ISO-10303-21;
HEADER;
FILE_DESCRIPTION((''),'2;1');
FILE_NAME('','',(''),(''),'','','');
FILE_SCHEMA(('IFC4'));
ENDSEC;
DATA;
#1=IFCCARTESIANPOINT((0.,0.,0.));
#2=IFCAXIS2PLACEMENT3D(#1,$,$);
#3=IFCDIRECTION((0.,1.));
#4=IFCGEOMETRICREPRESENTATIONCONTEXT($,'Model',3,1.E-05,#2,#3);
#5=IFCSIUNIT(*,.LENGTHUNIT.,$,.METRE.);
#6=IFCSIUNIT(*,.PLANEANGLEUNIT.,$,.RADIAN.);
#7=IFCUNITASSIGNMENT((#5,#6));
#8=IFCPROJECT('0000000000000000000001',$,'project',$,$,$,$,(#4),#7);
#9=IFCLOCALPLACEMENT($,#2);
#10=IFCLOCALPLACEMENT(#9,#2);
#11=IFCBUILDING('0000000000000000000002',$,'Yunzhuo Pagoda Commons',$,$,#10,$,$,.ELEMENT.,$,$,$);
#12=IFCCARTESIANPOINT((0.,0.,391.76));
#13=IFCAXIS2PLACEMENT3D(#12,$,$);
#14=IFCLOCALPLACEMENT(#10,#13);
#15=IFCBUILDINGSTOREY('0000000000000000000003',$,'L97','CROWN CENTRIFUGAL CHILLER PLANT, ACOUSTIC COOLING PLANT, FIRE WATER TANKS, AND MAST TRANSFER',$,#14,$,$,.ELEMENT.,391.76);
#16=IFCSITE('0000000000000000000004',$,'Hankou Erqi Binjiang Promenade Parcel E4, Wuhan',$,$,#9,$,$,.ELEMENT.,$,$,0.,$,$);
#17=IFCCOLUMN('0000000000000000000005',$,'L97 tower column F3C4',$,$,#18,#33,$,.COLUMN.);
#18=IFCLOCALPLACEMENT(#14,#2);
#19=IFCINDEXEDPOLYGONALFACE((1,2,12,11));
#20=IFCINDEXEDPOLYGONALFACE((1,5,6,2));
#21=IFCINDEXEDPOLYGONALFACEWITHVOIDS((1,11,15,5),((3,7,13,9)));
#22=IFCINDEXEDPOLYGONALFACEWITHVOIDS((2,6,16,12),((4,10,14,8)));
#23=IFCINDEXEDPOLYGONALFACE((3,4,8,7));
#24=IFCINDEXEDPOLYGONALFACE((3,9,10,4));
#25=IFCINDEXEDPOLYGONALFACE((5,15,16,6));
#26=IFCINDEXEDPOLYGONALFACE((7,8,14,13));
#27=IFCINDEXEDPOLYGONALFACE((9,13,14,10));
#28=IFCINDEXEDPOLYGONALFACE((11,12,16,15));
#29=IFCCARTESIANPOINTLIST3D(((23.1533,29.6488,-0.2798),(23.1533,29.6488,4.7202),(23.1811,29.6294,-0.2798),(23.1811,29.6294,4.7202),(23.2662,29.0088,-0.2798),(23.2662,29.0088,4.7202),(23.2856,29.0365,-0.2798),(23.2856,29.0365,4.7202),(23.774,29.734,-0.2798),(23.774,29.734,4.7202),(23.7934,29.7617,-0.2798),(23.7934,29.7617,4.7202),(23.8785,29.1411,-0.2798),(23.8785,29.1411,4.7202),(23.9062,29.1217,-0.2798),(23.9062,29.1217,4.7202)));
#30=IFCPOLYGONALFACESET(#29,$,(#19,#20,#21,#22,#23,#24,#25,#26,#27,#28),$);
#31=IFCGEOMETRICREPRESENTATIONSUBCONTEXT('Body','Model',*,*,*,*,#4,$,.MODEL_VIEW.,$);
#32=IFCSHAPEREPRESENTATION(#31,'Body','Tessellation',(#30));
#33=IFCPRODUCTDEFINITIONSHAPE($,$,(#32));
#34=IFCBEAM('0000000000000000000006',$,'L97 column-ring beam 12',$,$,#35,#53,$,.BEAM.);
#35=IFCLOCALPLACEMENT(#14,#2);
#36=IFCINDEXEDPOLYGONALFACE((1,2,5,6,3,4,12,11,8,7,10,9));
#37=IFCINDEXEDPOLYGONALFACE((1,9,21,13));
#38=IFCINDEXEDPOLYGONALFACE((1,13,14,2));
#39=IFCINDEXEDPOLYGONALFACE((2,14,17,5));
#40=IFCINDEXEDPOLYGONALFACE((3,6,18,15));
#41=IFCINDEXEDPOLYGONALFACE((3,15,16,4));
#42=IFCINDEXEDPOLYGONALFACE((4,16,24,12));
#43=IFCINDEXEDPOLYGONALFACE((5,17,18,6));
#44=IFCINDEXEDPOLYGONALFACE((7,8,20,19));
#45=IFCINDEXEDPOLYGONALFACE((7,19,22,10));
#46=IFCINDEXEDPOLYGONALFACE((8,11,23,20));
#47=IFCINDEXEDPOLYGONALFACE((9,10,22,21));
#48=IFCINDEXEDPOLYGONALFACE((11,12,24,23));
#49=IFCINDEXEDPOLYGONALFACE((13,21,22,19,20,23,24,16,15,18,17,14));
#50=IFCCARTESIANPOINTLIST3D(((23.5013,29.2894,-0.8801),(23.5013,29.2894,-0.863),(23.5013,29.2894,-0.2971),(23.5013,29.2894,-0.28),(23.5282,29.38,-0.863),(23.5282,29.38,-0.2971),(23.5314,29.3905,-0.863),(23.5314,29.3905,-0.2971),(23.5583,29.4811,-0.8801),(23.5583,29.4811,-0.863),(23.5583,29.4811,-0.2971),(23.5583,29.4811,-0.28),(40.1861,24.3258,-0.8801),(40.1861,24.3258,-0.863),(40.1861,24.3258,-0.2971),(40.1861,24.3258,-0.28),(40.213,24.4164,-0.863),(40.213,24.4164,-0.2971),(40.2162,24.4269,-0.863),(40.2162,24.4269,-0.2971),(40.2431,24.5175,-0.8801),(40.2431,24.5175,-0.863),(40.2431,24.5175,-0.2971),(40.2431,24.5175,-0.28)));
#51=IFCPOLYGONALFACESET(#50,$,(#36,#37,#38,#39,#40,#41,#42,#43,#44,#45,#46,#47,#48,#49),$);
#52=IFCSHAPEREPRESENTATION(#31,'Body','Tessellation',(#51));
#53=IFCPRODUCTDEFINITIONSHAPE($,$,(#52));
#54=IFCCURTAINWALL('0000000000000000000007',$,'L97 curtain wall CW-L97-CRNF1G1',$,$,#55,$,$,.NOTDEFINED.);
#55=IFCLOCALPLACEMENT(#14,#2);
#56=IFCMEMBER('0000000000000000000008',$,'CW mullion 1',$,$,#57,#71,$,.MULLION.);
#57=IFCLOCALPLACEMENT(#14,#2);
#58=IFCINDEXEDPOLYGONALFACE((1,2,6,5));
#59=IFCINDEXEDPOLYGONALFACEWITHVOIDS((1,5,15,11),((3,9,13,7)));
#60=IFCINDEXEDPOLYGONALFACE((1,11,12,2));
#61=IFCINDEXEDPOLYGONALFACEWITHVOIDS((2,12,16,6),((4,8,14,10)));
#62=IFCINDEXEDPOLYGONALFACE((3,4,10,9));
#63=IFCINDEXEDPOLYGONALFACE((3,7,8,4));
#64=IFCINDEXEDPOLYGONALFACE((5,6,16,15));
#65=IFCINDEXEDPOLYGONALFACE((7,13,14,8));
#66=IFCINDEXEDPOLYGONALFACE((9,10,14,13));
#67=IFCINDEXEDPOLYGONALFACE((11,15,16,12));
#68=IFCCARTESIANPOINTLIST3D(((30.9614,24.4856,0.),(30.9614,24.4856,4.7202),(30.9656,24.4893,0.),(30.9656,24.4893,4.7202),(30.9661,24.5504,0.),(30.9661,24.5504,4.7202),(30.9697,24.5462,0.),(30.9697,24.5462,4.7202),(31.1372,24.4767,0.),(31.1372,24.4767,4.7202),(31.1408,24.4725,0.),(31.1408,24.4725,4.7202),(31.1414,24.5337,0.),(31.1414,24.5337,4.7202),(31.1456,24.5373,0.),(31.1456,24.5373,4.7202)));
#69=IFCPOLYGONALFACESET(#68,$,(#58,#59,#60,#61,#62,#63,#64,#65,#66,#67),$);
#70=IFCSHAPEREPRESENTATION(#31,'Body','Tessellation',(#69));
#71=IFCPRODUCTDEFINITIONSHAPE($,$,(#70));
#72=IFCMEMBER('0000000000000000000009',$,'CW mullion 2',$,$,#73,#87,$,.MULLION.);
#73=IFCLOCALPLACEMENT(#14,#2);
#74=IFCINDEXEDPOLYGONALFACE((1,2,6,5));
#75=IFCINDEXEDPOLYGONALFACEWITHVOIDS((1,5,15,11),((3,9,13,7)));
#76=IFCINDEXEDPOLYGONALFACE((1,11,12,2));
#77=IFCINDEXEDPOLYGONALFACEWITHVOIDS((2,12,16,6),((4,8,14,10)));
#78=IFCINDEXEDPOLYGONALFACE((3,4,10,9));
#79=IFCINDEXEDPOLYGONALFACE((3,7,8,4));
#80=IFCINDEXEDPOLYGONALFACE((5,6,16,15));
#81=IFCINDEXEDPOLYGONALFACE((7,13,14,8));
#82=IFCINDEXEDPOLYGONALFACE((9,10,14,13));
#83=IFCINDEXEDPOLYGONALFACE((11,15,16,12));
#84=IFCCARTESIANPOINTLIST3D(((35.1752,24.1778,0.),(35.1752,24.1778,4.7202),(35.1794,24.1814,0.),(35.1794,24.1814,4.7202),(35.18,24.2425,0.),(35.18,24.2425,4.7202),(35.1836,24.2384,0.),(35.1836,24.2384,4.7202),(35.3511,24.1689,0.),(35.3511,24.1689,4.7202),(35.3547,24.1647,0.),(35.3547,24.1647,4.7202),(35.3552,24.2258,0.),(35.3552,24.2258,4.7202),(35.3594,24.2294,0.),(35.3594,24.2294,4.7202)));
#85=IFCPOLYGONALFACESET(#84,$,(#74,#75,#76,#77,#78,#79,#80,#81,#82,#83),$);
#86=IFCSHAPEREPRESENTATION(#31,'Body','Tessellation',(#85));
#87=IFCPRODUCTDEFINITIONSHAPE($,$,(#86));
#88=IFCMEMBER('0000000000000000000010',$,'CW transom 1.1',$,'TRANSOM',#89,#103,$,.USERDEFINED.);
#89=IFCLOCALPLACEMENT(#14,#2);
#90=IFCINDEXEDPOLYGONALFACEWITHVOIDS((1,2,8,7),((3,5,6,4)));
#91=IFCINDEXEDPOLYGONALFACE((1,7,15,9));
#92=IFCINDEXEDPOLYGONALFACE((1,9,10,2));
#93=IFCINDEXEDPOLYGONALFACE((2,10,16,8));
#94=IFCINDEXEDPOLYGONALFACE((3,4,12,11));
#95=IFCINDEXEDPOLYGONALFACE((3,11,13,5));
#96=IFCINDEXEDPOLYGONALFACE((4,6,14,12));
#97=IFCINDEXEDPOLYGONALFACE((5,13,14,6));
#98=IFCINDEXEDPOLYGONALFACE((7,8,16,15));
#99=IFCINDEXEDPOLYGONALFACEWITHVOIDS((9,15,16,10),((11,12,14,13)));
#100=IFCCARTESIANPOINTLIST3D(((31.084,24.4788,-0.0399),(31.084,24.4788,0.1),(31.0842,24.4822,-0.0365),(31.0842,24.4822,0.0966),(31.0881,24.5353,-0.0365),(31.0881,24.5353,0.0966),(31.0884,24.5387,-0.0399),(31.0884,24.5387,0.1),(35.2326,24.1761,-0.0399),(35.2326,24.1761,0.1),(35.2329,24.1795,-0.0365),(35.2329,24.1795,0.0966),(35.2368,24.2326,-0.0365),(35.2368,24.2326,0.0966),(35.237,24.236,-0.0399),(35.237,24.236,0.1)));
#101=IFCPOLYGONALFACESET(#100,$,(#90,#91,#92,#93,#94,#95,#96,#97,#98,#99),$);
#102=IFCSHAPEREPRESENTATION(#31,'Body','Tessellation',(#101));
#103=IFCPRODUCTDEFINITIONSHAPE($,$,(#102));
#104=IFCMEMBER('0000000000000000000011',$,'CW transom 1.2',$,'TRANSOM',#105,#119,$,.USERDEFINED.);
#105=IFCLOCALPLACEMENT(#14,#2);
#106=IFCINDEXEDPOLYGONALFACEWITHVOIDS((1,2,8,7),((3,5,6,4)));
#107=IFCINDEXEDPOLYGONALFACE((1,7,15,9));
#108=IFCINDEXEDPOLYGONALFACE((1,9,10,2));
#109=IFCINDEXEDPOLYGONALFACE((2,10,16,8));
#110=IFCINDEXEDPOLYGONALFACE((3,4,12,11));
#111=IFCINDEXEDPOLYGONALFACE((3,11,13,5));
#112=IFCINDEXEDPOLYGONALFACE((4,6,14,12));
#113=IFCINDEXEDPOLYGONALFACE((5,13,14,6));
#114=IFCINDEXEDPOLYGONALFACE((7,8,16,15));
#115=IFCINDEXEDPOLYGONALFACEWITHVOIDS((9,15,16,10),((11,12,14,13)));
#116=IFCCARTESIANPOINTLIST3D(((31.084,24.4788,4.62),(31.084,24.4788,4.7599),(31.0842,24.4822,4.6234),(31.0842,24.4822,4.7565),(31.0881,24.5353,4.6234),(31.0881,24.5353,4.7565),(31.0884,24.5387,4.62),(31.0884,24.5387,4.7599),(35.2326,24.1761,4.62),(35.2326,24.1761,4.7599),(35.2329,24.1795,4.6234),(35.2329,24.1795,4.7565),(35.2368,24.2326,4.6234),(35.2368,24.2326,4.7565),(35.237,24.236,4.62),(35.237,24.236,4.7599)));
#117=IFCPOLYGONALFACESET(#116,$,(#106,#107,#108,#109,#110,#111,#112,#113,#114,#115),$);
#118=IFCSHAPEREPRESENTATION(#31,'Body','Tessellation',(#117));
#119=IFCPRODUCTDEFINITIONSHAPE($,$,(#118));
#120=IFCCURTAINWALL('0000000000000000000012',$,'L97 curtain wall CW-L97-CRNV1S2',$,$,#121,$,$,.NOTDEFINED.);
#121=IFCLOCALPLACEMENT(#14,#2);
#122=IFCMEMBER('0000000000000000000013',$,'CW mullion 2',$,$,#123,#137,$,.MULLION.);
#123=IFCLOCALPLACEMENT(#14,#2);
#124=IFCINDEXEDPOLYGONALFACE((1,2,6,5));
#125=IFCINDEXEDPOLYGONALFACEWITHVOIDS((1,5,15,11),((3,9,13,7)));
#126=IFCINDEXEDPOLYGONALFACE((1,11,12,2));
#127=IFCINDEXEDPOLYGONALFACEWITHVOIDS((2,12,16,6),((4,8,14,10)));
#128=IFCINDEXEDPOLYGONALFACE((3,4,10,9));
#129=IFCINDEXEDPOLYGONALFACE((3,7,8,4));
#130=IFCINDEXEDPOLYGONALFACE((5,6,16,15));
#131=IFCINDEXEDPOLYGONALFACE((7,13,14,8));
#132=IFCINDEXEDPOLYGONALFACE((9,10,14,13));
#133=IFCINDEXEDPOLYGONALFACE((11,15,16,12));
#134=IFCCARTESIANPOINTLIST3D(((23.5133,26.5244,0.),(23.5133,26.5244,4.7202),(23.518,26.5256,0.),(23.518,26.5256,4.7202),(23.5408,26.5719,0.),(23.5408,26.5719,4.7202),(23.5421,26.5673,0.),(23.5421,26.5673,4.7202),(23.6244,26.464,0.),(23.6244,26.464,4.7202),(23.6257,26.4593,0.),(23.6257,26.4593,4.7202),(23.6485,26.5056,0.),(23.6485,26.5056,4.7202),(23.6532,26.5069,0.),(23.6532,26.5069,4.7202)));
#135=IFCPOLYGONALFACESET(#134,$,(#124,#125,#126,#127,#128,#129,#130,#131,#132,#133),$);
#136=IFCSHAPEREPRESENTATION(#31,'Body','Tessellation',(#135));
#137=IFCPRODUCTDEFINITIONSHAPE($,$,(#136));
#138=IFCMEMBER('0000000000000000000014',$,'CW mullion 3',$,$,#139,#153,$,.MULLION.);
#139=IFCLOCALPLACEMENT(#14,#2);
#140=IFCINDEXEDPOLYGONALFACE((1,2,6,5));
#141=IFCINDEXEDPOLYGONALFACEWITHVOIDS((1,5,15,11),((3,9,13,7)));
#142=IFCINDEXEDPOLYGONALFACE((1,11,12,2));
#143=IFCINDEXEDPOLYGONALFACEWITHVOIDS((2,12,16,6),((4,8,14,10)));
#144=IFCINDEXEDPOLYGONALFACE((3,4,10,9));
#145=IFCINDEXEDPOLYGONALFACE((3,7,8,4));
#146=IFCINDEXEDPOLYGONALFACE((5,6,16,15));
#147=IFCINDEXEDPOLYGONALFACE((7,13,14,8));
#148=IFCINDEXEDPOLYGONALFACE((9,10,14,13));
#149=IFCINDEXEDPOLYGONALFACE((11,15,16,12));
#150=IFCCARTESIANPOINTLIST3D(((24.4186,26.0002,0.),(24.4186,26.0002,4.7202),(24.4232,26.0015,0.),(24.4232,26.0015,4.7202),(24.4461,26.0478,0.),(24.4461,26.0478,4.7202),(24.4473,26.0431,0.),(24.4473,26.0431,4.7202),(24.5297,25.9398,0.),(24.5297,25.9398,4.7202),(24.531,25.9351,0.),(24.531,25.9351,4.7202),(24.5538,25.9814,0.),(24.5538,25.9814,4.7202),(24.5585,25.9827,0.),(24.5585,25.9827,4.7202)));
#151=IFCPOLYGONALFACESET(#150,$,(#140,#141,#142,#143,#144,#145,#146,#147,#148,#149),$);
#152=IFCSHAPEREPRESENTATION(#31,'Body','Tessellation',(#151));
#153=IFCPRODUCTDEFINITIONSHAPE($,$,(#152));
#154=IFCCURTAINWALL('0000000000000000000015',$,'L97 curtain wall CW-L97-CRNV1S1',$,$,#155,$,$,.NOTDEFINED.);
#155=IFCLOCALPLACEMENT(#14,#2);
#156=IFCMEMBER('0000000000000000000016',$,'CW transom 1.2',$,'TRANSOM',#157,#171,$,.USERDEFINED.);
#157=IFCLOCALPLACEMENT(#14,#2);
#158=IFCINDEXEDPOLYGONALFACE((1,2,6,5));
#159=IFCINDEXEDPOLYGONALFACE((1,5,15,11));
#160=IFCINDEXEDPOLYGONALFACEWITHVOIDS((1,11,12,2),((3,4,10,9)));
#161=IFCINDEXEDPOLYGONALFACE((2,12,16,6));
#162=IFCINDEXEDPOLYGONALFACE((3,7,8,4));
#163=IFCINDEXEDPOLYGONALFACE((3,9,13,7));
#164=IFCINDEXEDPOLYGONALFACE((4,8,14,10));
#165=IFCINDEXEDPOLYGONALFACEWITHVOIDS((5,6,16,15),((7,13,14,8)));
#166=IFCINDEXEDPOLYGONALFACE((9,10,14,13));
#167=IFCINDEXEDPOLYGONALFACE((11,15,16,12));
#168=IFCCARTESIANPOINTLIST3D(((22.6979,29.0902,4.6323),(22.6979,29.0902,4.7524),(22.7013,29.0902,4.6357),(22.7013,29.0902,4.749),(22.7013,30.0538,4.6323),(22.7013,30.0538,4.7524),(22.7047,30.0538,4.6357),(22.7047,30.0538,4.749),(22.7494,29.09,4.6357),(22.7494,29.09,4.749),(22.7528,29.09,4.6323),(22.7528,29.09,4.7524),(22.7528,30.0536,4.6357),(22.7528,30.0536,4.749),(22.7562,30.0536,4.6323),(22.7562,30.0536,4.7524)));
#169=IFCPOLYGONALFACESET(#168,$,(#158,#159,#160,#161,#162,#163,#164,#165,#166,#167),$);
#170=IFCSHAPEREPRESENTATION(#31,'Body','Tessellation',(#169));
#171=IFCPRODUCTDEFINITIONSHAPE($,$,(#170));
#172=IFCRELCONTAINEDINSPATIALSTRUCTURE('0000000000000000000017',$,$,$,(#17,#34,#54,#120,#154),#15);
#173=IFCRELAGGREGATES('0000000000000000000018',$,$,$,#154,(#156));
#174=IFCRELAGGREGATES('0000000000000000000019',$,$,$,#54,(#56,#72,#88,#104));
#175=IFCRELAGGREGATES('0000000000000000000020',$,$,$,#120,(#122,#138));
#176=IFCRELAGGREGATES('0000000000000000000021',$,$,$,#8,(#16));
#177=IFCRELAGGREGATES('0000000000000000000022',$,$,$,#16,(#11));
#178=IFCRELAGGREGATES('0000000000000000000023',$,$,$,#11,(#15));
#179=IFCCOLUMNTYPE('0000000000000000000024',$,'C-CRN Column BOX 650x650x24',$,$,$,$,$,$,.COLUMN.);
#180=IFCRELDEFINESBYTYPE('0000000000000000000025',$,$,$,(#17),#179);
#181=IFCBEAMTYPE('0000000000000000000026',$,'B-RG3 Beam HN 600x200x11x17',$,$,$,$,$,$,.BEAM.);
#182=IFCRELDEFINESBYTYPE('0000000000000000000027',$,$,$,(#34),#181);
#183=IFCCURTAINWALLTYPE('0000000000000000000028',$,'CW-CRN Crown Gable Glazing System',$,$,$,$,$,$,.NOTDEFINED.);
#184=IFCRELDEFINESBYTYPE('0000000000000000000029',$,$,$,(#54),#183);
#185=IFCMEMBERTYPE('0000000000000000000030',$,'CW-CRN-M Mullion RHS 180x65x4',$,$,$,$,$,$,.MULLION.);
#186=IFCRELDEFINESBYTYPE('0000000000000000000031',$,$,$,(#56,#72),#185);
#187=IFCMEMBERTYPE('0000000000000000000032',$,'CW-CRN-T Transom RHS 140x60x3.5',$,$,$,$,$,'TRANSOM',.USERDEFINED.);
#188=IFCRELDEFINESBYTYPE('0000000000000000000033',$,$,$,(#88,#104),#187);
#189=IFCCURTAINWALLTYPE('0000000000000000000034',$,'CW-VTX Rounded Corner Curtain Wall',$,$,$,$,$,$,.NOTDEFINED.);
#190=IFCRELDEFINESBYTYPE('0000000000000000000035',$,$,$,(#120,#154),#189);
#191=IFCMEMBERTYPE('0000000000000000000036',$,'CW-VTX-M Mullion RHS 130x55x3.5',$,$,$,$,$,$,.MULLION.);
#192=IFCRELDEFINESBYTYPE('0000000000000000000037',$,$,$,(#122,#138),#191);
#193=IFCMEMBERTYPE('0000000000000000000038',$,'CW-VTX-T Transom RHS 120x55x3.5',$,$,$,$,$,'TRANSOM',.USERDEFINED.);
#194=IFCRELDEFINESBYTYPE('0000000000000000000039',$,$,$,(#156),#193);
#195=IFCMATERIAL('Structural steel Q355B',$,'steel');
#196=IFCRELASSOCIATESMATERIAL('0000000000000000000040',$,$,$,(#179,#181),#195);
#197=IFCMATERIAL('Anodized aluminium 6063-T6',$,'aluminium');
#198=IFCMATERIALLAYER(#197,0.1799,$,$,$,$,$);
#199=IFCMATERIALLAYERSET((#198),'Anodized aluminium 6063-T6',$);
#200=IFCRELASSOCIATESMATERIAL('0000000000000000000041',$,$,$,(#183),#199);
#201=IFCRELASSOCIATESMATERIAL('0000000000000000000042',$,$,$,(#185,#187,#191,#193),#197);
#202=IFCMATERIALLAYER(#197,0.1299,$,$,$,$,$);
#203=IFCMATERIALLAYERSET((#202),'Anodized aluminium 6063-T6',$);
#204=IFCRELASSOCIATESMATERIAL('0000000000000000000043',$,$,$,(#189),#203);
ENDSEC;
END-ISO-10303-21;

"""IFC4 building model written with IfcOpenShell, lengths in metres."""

from ifc_helpers import new_model, si_unit, direction, frame, origin, origin_2d, place, context, subcontext, project, spatial, hollow_rectangle, i_section, extrude, source, transform, mapped, material, layer, layer_set, material_profile, profile_set, type_object, element, aggregate, save


model = new_model("IFC4")

# Units and contexts
model_context = context("Model", 3, precision=1e-05, world=origin(), true_north=direction((0.0, 1.0)))
body_context = subcontext(model_context, "Body", "Model", "MODEL_VIEW")
ifc_project = project(units=[si_unit("LENGTHUNIT", "METRE"), si_unit("PLANEANGLEUNIT", "RADIAN")], contexts=[model_context])

# Site, building, storey
site_placement = place(None, origin())
site = spatial("IfcSite", under=ifc_project, at=site_placement, Name="Hankou Erqi Binjiang Promenade Parcel E4, Wuhan", CompositionType="ELEMENT", RefElevation=0.0)
building_placement = place(site_placement, origin())
building = spatial("IfcBuilding", under=site, at=building_placement, Name="Yunzhuo Pagoda Commons", CompositionType="ELEMENT")
storey_placement = place(building_placement, frame((0.0, 0.0, 391.76)))
storey = spatial("IfcBuildingStorey", under=building, at=storey_placement, Name="L97", Description="CROWN CENTRIFUGAL CHILLER PLANT, ACOUSTIC COOLING PLANT, FIRE WATER TANKS, AND MAST TRANSFER", CompositionType="ELEMENT", Elevation=391.76)

# Column
ifc_material_1 = material(Name="Structural steel Q355B", Category="steel")
ifc_material_profile_1 = material_profile(ifc_material_1, hollow_rectangle(XDim=0.6499, YDim=0.6499, WallThickness=0.0239, at=origin_2d()), Name="Structural steel Q355B")
ifc_profile_set_1 = profile_set([ifc_material_profile_1], Name="Structural steel Q355B")
column_type = type_object("IfcColumnType", Name="C-CRN Column BOX 650x650x24", PredefinedType="COLUMN", material=ifc_profile_set_1)
shared_shape_1 = source(origin(), body_context, "Body", "SweptSolid", [
    extrude(hollow_rectangle(XDim=0.6499, YDim=0.6499, WallThickness=0.0239, at=origin_2d()), origin(), (0.0, 0.0, 1.0), 5.0),
])
column_placement = place(storey_placement, frame((23.5298, 29.3853, -0.2798), z_axis=(0.0, 0.0, 1.0), x_axis=(0.173648, -0.984808, 0.0)))
element("IfcColumn", 1, at=column_placement, inside=storey, type_object=column_type, Name="L97 tower column F3C4", PredefinedType="COLUMN", context=body_context, shape_type="MappedRepresentation", body=[
    mapped(shared_shape_1, transform((0.0, 0.0, 0.0), scale=1.0)),
])

# Beam
ifc_material_profile_2 = material_profile(ifc_material_1, i_section(OverallWidth=0.2, OverallDepth=0.6001, WebThickness=0.011, FlangeThickness=0.0171, at=origin_2d()), Name="Structural steel Q355B")
ifc_profile_set_2 = profile_set([ifc_material_profile_2], Name="Structural steel Q355B")
beam_type = type_object("IfcBeamType", Name="B-RG3 Beam HN 600x200x11x17", PredefinedType="BEAM", material=ifc_profile_set_2)
shared_shape_2 = source(origin(), body_context, "Body", "SweptSolid", [
    extrude(i_section(OverallWidth=0.2, OverallDepth=0.6001, WebThickness=0.011, FlangeThickness=0.0171, at=origin_2d()), origin(), (0.0, 0.0, 1.0), 17.4075),
])
beam_placement = place(storey_placement, frame((23.5298, 29.3853, -0.5801), z_axis=(0.958485, -0.285143, 0.0), x_axis=(0.285143, 0.958485, 0.0)))
element("IfcBeam", 2, at=beam_placement, inside=storey, type_object=beam_type, Name="L97 column-ring beam 12", PredefinedType="BEAM", context=body_context, shape_type="MappedRepresentation", body=[
    mapped(shared_shape_2, transform((0.0, 0.0, 0.0), scale=1.0)),
])

# Curtain walls, members
ifc_material_2 = material(Name="Anodized aluminium 6063-T6", Category="aluminium")
ifc_layer_1 = layer(ifc_material_2, 0.1799)
ifc_layer_set_1 = layer_set([ifc_layer_1], Name="Anodized aluminium 6063-T6")
curtain_wall_type_1 = type_object("IfcCurtainWallType", Name="CW-CRN Crown Gable Glazing System", PredefinedType="NOTDEFINED", material=ifc_layer_set_1)
curtain_wall_1_placement = place(storey_placement, origin())
curtain_wall_1 = element("IfcCurtainWall", 3, at=curtain_wall_1_placement, inside=storey, type_object=curtain_wall_type_1, Name="L97 curtain wall CW-L97-CRNF1G1", PredefinedType="NOTDEFINED")
ifc_material_profile_3 = material_profile(ifc_material_2, hollow_rectangle(XDim=0.0649, YDim=0.1799, WallThickness=0.0039, at=origin_2d()), Name="Anodized aluminium 6063-T6")
ifc_profile_set_3 = profile_set([ifc_material_profile_3], Name="Anodized aluminium 6063-T6")
member_type_1 = type_object("IfcMemberType", Name="CW-CRN-M Mullion RHS 180x65x4", PredefinedType="MULLION", material=ifc_profile_set_3)
shared_shape_3 = source(origin(), body_context, "Body", "SweptSolid", [
    extrude(hollow_rectangle(XDim=0.0649, YDim=0.1799, WallThickness=0.0039, at=origin_2d()), origin(), (0.0, 0.0, 1.0), 4.7202),
])
member_1_placement = place(storey_placement, frame((31.0535, 24.5115, 0.0), z_axis=(0.0, 0.0, 1.0), x_axis=(0.072796, 0.997347, 0.0)))
member_1 = element("IfcMember", 4, at=member_1_placement, type_object=member_type_1, Name="CW mullion 1", PredefinedType="MULLION", context=body_context, shape_type="MappedRepresentation", body=[
    mapped(shared_shape_3, transform((0.0, 0.0, 0.0), scale=1.0)),
])
member_2_placement = place(storey_placement, frame((35.2673, 24.2036, 0.0), z_axis=(0.0, 0.0, 1.0), x_axis=(0.072796, 0.997347, 0.0)))
member_2 = element("IfcMember", 5, at=member_2_placement, type_object=member_type_1, Name="CW mullion 2", PredefinedType="MULLION", context=body_context, shape_type="MappedRepresentation", body=[
    mapped(shared_shape_3, transform((0.0, 0.0, 0.0), scale=1.0)),
])
ifc_material_profile_4 = material_profile(ifc_material_2, hollow_rectangle(XDim=0.0601, YDim=0.1399, WallThickness=0.0034, at=origin_2d()), Name="Anodized aluminium 6063-T6")
ifc_profile_set_4 = profile_set([ifc_material_profile_4], Name="Anodized aluminium 6063-T6")
member_type_2 = type_object("IfcMemberType", Name="CW-CRN-T Transom RHS 140x60x3.5", ElementType="TRANSOM", PredefinedType="USERDEFINED", material=ifc_profile_set_4)
shared_shape_4 = source(origin(), body_context, "Body", "SweptSolid", [
    extrude(hollow_rectangle(XDim=0.0601, YDim=0.1399, WallThickness=0.0034, at=origin_2d()), origin(), (0.0, 0.0, 1.0), 4.1597),
])
member_3_placement = place(storey_placement, frame((31.0862, 24.5088, 0.03), z_axis=(0.997348, -0.072778, 0.0), x_axis=(0.072778, 0.997348, 0.0)))
member_3 = element("IfcMember", 6, at=member_3_placement, type_object=member_type_2, Name="CW transom 1.1", ObjectType="TRANSOM", PredefinedType="USERDEFINED", context=body_context, shape_type="MappedRepresentation", body=[
    mapped(shared_shape_4, transform((0.0, 0.0, 0.0), scale=1.0)),
])
member_4_placement = place(storey_placement, frame((31.0862, 24.5088, 4.6899), z_axis=(0.997348, -0.072778, 0.0), x_axis=(0.072778, 0.997348, 0.0)))
member_4 = element("IfcMember", 7, at=member_4_placement, type_object=member_type_2, Name="CW transom 1.2", ObjectType="TRANSOM", PredefinedType="USERDEFINED", context=body_context, shape_type="MappedRepresentation", body=[
    mapped(shared_shape_4, transform((0.0, 0.0, 0.0), scale=1.0)),
])
ifc_layer_2 = layer(ifc_material_2, 0.1299)
ifc_layer_set_2 = layer_set([ifc_layer_2], Name="Anodized aluminium 6063-T6")
curtain_wall_type_2 = type_object("IfcCurtainWallType", Name="CW-VTX Rounded Corner Curtain Wall", PredefinedType="NOTDEFINED", material=ifc_layer_set_2)
curtain_wall_2_placement = place(storey_placement, origin())
curtain_wall_2 = element("IfcCurtainWall", 8, at=curtain_wall_2_placement, inside=storey, type_object=curtain_wall_type_2, Name="L97 curtain wall CW-L97-CRNV1S2", PredefinedType="NOTDEFINED")
ifc_material_profile_5 = material_profile(ifc_material_2, hollow_rectangle(XDim=0.0549, YDim=0.1299, WallThickness=0.0034, at=origin_2d()), Name="Anodized aluminium 6063-T6")
ifc_profile_set_5 = profile_set([ifc_material_profile_5], Name="Anodized aluminium 6063-T6")
member_type_3 = type_object("IfcMemberType", Name="CW-VTX-M Mullion RHS 130x55x3.5", PredefinedType="MULLION", material=ifc_profile_set_5)
shared_shape_5 = source(origin(), body_context, "Body", "SweptSolid", [
    extrude(hollow_rectangle(XDim=0.0549, YDim=0.1299, WallThickness=0.0034, at=origin_2d()), origin(), (0.0, 0.0, 1.0), 4.7202),
])
member_5_placement = place(storey_placement, frame((23.5833, 26.5156, 0.0), z_axis=(0.0, 0.0, 1.0), x_axis=(0.501041, 0.865423, 0.0)))
member_5 = element("IfcMember", 9, at=member_5_placement, type_object=member_type_3, Name="CW mullion 2", PredefinedType="MULLION", context=body_context, shape_type="MappedRepresentation", body=[
    mapped(shared_shape_5, transform((0.0, 0.0, 0.0), scale=1.0)),
])
member_6_placement = place(storey_placement, frame((24.4885, 25.9915, 0.0), z_axis=(0.0, 0.0, 1.0), x_axis=(0.501041, 0.865423, 0.0)))
member_6 = element("IfcMember", 10, at=member_6_placement, type_object=member_type_3, Name="CW mullion 3", PredefinedType="MULLION", context=body_context, shape_type="MappedRepresentation", body=[
    mapped(shared_shape_5, transform((0.0, 0.0, 0.0), scale=1.0)),
])

# Curtain wall, member
curtain_wall_3_placement = place(storey_placement, origin())
curtain_wall_3 = element("IfcCurtainWall", 11, at=curtain_wall_3_placement, inside=storey, type_object=curtain_wall_type_2, Name="L97 curtain wall CW-L97-CRNV1S1", PredefinedType="NOTDEFINED")
ifc_material_profile_6 = material_profile(ifc_material_2, hollow_rectangle(XDim=0.0549, YDim=0.1201, WallThickness=0.0034, at=origin_2d()), Name="Anodized aluminium 6063-T6")
ifc_profile_set_6 = profile_set([ifc_material_profile_6], Name="Anodized aluminium 6063-T6")
member_type_4 = type_object("IfcMemberType", Name="CW-VTX-T Transom RHS 120x55x3.5", ElementType="TRANSOM", PredefinedType="USERDEFINED", material=ifc_profile_set_6)
shared_shape_6 = source(origin(), body_context, "Body", "SweptSolid", [
    extrude(hollow_rectangle(XDim=0.0549, YDim=0.1201, WallThickness=0.0034, at=origin_2d()), origin(), (0.0, 0.0, 1.0), 0.9636),
])
member_7_placement = place(storey_placement, frame((22.7288, 30.0537, 4.6924), z_axis=(-0.003547, -0.999994, 0.0), x_axis=(0.999994, -0.003547, 0.0)))
member_7 = element("IfcMember", 12, at=member_7_placement, type_object=member_type_4, Name="CW transom 1.2", ObjectType="TRANSOM", PredefinedType="USERDEFINED", context=body_context, shape_type="MappedRepresentation", body=[
    mapped(shared_shape_6, transform((0.0, 0.0, 0.0), scale=1.0)),
])
aggregate(curtain_wall_3, [member_7])

aggregate(curtain_wall_1, [member_1, member_2, member_3, member_4])
aggregate(curtain_wall_2, [member_5, member_6])

save(model, "model.ifc")
